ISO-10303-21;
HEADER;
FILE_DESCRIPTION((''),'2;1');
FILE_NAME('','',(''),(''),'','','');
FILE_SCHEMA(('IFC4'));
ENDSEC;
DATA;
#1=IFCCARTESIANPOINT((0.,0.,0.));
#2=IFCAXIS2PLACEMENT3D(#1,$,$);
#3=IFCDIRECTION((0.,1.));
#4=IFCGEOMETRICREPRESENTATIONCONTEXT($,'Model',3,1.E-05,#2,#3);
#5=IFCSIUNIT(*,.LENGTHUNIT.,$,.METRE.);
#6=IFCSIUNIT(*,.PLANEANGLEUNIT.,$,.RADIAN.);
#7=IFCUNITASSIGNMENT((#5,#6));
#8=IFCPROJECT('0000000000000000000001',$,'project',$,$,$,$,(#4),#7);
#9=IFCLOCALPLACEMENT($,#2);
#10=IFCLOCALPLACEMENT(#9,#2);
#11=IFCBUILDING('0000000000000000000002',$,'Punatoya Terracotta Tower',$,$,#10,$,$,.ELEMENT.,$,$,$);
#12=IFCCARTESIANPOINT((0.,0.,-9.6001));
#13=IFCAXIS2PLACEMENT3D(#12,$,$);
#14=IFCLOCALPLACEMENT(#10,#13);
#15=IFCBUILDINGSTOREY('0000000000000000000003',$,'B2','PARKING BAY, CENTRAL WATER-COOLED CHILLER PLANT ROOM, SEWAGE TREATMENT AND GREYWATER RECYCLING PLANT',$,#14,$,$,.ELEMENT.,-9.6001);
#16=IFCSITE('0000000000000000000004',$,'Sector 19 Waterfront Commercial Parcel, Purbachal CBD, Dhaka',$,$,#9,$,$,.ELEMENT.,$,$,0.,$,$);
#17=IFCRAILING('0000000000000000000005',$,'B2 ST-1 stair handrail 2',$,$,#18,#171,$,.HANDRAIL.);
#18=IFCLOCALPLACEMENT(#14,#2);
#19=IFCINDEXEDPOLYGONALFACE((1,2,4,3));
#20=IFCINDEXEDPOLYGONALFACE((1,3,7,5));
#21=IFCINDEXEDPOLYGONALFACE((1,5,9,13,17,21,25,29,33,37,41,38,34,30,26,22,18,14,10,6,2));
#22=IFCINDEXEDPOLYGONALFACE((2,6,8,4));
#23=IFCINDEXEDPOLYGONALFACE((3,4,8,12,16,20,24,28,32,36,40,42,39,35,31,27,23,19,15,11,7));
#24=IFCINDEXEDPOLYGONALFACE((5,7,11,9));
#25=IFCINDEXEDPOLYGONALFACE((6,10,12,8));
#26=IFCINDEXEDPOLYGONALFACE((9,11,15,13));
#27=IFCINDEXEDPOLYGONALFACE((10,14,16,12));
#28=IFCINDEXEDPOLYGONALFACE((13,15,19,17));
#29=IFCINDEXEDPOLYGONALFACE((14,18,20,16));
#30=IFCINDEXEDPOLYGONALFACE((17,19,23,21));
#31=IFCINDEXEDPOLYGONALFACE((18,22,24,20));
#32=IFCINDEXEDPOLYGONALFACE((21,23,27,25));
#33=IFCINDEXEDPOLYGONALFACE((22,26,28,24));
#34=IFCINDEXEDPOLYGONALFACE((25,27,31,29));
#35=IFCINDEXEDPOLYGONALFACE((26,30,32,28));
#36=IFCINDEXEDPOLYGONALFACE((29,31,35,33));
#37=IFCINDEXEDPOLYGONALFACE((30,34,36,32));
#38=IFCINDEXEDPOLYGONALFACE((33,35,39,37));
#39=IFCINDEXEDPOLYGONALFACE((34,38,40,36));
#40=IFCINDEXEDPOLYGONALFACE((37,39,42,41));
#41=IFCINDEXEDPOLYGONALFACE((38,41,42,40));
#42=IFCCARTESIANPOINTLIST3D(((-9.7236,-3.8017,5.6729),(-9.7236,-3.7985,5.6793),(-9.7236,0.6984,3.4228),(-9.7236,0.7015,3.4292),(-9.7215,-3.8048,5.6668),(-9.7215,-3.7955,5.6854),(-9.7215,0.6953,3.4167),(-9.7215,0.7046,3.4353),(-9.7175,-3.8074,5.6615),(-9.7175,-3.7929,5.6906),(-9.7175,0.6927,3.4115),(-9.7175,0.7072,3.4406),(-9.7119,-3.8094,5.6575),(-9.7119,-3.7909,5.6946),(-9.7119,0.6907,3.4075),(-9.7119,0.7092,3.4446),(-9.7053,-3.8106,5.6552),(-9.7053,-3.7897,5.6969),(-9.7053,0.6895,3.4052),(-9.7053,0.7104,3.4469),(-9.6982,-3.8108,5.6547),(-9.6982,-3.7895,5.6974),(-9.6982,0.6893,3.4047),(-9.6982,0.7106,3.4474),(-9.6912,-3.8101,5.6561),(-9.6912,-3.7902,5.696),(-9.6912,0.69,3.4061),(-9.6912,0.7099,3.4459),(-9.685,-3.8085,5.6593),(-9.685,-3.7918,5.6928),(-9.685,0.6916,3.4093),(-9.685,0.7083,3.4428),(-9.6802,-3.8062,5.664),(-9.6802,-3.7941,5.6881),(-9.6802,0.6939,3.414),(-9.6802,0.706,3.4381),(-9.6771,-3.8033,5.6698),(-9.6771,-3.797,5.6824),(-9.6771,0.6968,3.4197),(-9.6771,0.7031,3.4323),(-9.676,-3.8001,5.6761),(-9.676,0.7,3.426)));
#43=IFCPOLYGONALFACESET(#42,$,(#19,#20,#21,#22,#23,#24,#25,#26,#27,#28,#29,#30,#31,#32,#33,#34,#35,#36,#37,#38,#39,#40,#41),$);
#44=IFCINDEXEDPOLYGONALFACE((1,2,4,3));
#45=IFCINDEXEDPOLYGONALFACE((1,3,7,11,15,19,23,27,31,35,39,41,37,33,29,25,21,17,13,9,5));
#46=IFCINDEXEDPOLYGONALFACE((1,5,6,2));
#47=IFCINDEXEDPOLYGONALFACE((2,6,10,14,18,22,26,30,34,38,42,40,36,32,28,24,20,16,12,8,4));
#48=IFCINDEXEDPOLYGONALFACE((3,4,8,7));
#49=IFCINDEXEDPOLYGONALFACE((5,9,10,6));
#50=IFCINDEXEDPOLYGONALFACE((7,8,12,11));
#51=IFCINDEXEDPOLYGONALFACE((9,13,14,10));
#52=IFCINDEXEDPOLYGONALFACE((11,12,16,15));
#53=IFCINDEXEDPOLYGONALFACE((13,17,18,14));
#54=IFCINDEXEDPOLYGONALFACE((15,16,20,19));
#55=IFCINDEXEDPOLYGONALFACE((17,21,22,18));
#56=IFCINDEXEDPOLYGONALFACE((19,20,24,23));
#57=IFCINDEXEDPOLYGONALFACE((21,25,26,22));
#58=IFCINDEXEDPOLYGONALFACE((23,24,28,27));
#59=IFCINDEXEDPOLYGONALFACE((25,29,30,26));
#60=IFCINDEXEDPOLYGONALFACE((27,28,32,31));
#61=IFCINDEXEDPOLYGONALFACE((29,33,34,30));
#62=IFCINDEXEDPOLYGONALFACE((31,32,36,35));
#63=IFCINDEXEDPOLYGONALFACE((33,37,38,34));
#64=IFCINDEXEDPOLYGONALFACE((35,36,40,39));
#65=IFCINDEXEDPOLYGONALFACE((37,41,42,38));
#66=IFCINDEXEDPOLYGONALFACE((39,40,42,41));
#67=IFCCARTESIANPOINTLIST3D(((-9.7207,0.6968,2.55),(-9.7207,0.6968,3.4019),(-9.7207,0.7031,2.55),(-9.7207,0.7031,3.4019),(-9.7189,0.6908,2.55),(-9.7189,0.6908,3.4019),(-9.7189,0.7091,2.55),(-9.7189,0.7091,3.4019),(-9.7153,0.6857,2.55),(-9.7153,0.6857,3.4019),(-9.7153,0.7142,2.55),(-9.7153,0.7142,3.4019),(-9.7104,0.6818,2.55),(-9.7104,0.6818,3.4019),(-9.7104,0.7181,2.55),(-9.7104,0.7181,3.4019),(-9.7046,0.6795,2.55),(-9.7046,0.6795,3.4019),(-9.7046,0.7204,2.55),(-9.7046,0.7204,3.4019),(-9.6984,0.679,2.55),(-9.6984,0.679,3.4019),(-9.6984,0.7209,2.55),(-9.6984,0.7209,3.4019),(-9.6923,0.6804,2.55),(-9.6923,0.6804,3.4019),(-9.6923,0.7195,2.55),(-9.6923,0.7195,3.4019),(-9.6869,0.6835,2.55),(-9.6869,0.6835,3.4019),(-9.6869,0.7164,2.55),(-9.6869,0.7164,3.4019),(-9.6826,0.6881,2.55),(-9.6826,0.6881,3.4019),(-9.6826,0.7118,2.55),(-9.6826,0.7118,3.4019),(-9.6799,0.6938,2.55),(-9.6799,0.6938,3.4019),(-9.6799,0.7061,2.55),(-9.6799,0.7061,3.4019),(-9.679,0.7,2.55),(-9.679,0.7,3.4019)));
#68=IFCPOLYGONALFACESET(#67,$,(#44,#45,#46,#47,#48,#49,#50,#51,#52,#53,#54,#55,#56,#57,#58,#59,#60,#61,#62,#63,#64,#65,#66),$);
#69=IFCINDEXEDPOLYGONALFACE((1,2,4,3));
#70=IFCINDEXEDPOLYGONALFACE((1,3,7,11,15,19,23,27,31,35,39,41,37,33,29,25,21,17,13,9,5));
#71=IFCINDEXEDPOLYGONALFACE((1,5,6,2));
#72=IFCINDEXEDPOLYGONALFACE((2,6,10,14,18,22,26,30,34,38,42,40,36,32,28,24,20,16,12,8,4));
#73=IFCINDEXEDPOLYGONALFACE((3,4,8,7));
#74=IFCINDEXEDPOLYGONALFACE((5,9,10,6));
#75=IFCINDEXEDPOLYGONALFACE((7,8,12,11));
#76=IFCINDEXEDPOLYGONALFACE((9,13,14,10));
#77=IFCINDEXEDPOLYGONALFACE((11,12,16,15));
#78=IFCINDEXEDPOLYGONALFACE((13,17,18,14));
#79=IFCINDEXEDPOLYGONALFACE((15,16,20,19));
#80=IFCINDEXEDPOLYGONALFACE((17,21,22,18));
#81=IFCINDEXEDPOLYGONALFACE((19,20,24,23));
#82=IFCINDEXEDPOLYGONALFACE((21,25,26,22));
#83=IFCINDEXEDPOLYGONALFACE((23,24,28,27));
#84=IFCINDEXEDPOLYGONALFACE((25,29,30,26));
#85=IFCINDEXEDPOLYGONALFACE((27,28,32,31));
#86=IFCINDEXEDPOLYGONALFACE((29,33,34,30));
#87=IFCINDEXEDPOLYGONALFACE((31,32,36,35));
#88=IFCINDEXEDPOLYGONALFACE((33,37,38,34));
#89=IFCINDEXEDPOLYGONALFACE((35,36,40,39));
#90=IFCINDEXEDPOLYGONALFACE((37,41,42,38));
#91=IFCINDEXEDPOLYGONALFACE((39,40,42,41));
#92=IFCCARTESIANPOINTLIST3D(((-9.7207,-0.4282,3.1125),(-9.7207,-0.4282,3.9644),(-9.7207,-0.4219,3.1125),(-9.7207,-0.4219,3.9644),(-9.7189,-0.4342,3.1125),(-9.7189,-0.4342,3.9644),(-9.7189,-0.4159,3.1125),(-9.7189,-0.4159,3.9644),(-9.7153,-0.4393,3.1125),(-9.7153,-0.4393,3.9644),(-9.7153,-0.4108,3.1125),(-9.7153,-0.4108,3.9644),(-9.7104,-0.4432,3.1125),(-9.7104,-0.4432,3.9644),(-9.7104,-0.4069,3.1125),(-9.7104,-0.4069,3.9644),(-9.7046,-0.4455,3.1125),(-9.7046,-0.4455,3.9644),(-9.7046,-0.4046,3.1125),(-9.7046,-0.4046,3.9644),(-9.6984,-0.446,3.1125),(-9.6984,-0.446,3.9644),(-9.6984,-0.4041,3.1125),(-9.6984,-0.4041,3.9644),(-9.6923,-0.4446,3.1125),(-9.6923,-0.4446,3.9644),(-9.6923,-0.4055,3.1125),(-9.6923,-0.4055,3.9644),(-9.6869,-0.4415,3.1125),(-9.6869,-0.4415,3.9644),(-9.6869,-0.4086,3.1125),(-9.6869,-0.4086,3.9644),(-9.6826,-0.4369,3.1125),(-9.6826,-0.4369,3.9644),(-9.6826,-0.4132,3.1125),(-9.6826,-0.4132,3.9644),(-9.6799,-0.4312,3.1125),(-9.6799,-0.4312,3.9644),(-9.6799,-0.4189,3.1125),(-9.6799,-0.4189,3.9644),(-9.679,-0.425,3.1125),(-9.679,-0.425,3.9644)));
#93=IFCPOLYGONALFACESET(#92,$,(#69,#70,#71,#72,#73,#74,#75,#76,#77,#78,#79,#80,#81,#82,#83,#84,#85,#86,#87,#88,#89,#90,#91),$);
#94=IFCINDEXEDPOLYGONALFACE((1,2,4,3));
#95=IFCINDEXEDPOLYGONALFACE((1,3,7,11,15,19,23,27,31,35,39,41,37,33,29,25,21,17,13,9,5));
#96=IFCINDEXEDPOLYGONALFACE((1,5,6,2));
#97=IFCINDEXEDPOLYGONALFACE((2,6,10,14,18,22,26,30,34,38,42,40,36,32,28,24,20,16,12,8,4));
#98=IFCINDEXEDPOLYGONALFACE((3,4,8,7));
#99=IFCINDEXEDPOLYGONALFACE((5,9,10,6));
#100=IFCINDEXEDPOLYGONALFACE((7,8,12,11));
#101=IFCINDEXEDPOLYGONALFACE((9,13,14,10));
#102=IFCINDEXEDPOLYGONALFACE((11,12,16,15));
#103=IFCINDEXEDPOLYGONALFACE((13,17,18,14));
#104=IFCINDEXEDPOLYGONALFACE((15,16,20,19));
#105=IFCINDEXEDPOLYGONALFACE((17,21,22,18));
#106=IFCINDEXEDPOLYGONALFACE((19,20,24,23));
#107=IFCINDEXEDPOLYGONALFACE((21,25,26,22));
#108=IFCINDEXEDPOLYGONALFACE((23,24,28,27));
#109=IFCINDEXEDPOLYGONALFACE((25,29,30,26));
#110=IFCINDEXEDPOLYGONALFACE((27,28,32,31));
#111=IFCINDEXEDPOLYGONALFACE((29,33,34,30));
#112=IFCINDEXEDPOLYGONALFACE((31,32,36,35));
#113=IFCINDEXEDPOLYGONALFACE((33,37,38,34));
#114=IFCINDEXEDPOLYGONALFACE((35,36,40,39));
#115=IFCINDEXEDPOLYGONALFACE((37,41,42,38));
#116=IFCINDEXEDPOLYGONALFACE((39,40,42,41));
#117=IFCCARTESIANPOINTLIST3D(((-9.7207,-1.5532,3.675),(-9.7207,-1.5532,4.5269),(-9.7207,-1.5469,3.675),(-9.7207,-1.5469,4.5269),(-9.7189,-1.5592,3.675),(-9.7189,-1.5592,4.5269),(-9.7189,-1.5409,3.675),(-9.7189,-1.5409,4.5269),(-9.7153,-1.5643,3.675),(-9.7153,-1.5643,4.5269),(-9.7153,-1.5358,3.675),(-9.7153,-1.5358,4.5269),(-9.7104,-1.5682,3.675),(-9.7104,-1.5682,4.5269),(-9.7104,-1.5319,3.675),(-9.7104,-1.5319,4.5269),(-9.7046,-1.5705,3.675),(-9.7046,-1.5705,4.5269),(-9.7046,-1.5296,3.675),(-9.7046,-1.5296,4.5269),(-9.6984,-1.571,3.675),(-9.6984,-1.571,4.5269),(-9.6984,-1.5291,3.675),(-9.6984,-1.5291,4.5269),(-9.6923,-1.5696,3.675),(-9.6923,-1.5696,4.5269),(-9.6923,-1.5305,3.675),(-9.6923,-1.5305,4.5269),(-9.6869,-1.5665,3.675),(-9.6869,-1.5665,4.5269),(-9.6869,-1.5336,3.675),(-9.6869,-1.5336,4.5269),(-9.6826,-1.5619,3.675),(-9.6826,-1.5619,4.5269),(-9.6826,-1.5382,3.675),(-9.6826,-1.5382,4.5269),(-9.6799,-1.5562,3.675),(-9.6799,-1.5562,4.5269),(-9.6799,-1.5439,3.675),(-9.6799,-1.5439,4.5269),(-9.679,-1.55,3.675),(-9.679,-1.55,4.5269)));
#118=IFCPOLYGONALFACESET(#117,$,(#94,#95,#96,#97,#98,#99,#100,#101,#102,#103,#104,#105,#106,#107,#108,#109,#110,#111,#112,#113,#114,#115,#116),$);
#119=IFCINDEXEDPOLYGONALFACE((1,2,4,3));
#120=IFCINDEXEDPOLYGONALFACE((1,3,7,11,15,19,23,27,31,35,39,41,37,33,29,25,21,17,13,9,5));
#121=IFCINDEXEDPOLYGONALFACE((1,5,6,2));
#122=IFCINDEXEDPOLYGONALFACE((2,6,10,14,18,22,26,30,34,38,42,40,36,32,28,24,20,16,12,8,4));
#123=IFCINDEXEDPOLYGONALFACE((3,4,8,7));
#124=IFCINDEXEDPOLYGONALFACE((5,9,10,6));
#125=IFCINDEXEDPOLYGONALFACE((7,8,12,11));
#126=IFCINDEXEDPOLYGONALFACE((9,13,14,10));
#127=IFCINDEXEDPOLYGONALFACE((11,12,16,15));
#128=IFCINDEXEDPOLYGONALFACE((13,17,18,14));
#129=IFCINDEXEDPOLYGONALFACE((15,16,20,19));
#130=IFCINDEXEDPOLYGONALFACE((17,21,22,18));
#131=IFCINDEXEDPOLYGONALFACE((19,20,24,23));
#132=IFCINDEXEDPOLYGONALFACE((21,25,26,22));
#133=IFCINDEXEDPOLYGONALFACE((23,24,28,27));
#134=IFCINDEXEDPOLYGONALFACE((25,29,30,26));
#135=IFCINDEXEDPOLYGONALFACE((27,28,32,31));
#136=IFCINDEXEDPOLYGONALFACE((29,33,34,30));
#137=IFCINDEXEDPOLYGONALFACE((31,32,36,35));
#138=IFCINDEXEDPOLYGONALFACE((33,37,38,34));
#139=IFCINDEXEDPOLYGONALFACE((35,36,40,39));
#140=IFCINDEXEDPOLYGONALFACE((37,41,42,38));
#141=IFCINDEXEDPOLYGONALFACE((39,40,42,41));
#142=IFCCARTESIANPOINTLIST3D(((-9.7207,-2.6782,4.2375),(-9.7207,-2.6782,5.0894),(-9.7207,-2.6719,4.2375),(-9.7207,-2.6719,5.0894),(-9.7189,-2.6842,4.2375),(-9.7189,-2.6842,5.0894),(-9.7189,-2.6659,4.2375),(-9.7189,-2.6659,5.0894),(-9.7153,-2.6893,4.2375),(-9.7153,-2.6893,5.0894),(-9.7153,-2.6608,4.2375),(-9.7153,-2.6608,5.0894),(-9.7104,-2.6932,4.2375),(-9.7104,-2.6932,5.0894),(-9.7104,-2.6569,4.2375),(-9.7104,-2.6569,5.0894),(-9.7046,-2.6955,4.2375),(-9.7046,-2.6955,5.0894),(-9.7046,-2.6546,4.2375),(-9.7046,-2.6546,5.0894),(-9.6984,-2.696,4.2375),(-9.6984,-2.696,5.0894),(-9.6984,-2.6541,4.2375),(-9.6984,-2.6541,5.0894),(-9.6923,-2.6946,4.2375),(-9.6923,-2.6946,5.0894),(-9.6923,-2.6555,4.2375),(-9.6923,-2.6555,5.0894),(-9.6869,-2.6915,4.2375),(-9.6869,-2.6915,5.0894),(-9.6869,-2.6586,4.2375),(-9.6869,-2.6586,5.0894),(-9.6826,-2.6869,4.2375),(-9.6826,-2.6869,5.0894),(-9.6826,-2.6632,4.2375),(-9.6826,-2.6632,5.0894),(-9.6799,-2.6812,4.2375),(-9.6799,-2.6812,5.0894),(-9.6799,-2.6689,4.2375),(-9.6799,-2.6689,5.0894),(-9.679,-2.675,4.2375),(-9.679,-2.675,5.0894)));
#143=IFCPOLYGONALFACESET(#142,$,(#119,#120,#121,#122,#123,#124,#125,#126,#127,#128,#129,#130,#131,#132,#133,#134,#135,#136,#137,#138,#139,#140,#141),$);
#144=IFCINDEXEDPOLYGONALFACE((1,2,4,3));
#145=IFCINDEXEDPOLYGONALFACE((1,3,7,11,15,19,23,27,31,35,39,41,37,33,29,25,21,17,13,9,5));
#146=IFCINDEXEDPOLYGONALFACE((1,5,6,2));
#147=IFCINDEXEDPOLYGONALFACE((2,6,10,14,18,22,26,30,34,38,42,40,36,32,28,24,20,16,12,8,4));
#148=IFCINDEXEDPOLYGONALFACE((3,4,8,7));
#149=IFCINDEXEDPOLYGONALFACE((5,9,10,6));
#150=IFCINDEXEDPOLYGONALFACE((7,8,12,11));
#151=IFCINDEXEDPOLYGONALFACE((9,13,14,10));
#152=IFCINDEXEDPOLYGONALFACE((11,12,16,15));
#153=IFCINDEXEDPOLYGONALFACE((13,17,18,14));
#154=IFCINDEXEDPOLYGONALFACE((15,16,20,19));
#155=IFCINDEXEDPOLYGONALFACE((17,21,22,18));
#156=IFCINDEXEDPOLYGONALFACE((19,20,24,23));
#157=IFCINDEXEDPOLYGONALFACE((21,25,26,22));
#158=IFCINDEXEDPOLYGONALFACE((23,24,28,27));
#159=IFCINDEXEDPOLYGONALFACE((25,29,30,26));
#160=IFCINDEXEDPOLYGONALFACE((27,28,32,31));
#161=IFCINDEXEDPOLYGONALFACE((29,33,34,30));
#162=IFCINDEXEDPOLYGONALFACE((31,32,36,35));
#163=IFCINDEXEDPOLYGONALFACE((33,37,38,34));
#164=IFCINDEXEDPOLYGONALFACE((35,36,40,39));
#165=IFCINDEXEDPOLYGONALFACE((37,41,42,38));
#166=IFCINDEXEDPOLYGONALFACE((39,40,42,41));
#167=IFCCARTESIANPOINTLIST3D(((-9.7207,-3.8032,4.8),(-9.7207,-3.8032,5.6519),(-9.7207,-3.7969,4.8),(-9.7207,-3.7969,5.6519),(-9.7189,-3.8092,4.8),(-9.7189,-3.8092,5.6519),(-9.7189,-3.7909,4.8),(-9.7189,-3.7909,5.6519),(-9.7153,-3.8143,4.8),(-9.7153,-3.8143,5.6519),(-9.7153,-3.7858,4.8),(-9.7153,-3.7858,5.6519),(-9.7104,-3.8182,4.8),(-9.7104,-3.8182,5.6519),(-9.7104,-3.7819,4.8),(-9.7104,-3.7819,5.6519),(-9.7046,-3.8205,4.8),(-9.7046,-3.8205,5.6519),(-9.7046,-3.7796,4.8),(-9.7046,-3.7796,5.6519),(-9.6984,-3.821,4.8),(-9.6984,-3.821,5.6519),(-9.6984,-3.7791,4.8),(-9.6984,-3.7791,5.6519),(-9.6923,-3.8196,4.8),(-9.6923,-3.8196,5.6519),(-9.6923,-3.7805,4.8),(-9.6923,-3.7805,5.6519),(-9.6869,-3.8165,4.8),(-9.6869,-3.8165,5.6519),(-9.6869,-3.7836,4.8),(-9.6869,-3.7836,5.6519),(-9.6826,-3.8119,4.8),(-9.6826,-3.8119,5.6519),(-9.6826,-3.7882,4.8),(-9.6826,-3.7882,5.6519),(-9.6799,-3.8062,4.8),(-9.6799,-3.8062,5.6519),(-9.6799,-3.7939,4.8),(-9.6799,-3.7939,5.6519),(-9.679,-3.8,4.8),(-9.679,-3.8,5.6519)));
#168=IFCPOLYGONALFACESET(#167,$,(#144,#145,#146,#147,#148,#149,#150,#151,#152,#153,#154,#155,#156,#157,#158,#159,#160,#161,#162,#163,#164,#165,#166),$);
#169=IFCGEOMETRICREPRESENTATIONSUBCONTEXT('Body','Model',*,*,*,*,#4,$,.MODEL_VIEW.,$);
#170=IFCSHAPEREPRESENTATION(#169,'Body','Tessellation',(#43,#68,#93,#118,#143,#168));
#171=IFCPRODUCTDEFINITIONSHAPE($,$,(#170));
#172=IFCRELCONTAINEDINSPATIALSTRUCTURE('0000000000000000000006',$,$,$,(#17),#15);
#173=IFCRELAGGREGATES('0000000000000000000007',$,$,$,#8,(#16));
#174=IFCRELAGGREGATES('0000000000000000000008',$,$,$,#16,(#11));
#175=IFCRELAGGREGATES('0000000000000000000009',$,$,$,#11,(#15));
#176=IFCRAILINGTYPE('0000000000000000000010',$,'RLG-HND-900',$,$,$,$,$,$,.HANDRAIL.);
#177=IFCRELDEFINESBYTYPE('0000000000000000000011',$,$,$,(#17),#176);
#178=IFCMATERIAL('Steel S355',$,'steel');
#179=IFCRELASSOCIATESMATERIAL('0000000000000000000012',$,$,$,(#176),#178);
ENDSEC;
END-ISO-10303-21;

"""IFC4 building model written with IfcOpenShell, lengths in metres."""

from ifc_helpers import new_model, si_unit, direction, frame, origin, origin_2d, place, context, subcontext, project, spatial, circle, extrude, material, type_object, element, save


model = new_model("IFC4")

# Units and contexts
model_context = context("Model", 3, precision=1e-05, world=origin(), true_north=direction((0.0, 1.0)))
body_context = subcontext(model_context, "Body", "Model", "MODEL_VIEW")
ifc_project = project(units=[si_unit("LENGTHUNIT", "METRE"), si_unit("PLANEANGLEUNIT", "RADIAN")], contexts=[model_context])

# Site, building, storey
site_placement = place(None, origin())
site = spatial("IfcSite", under=ifc_project, at=site_placement, Name="Sector 19 Waterfront Commercial Parcel, Purbachal CBD, Dhaka", CompositionType="ELEMENT", RefElevation=0.0)
building_placement = place(site_placement, origin())
building = spatial("IfcBuilding", under=site, at=building_placement, Name="Punatoya Terracotta Tower", CompositionType="ELEMENT")
storey_placement = place(building_placement, frame((0.0, 0.0, -9.6001)))
storey = spatial("IfcBuildingStorey", under=building, at=storey_placement, Name="B2", Description="PARKING BAY, CENTRAL WATER-COOLED CHILLER PLANT ROOM, SEWAGE TREATMENT AND GREYWATER RECYCLING PLANT", CompositionType="ELEMENT", Elevation=-9.6001)

# Shared definitions
ifc_material_1 = material(Name="Steel S355", Category="steel")

# Railing
railing_type_1 = type_object("IfcRailingType", Name="RLG-HND-900", PredefinedType="HANDRAIL", material=ifc_material_1)
railing_1_placement = place(storey_placement, frame((-9.7, 0.7, 2.55)))
element("IfcRailing", 1, at=railing_1_placement, inside=storey, type_object=railing_type_1, Name="B2 ST-1 stair handrail 2", PredefinedType="HANDRAIL", context=body_context, shape_type="SweptSolid", body=[
    extrude(circle(Radius=0.0239, at=origin_2d()), frame((0.0, 0.0, 0.876), z_axis=(0.0, -0.894427, 0.447214), x_axis=(1.0, 0.0, 0.0)), (0.0, 0.0, 1.0), 5.0312),
    extrude(circle(Radius=0.021, at=origin_2d()), origin(), (0.0, 0.0, 1.0), 0.8518),
    extrude(circle(Radius=0.021, at=origin_2d()), frame((0.0, -1.125, 0.5625)), (0.0, 0.0, 1.0), 0.8518),
    extrude(circle(Radius=0.021, at=origin_2d()), frame((0.0, -2.25, 1.125)), (0.0, 0.0, 1.0), 0.8518),
    extrude(circle(Radius=0.021, at=origin_2d()), frame((0.0, -3.375, 1.6875)), (0.0, 0.0, 1.0), 0.8518),
    extrude(circle(Radius=0.021, at=origin_2d()), frame((0.0, -4.5, 2.25)), (0.0, 0.0, 1.0), 0.8518),
])

save(model, "model.ifc")
